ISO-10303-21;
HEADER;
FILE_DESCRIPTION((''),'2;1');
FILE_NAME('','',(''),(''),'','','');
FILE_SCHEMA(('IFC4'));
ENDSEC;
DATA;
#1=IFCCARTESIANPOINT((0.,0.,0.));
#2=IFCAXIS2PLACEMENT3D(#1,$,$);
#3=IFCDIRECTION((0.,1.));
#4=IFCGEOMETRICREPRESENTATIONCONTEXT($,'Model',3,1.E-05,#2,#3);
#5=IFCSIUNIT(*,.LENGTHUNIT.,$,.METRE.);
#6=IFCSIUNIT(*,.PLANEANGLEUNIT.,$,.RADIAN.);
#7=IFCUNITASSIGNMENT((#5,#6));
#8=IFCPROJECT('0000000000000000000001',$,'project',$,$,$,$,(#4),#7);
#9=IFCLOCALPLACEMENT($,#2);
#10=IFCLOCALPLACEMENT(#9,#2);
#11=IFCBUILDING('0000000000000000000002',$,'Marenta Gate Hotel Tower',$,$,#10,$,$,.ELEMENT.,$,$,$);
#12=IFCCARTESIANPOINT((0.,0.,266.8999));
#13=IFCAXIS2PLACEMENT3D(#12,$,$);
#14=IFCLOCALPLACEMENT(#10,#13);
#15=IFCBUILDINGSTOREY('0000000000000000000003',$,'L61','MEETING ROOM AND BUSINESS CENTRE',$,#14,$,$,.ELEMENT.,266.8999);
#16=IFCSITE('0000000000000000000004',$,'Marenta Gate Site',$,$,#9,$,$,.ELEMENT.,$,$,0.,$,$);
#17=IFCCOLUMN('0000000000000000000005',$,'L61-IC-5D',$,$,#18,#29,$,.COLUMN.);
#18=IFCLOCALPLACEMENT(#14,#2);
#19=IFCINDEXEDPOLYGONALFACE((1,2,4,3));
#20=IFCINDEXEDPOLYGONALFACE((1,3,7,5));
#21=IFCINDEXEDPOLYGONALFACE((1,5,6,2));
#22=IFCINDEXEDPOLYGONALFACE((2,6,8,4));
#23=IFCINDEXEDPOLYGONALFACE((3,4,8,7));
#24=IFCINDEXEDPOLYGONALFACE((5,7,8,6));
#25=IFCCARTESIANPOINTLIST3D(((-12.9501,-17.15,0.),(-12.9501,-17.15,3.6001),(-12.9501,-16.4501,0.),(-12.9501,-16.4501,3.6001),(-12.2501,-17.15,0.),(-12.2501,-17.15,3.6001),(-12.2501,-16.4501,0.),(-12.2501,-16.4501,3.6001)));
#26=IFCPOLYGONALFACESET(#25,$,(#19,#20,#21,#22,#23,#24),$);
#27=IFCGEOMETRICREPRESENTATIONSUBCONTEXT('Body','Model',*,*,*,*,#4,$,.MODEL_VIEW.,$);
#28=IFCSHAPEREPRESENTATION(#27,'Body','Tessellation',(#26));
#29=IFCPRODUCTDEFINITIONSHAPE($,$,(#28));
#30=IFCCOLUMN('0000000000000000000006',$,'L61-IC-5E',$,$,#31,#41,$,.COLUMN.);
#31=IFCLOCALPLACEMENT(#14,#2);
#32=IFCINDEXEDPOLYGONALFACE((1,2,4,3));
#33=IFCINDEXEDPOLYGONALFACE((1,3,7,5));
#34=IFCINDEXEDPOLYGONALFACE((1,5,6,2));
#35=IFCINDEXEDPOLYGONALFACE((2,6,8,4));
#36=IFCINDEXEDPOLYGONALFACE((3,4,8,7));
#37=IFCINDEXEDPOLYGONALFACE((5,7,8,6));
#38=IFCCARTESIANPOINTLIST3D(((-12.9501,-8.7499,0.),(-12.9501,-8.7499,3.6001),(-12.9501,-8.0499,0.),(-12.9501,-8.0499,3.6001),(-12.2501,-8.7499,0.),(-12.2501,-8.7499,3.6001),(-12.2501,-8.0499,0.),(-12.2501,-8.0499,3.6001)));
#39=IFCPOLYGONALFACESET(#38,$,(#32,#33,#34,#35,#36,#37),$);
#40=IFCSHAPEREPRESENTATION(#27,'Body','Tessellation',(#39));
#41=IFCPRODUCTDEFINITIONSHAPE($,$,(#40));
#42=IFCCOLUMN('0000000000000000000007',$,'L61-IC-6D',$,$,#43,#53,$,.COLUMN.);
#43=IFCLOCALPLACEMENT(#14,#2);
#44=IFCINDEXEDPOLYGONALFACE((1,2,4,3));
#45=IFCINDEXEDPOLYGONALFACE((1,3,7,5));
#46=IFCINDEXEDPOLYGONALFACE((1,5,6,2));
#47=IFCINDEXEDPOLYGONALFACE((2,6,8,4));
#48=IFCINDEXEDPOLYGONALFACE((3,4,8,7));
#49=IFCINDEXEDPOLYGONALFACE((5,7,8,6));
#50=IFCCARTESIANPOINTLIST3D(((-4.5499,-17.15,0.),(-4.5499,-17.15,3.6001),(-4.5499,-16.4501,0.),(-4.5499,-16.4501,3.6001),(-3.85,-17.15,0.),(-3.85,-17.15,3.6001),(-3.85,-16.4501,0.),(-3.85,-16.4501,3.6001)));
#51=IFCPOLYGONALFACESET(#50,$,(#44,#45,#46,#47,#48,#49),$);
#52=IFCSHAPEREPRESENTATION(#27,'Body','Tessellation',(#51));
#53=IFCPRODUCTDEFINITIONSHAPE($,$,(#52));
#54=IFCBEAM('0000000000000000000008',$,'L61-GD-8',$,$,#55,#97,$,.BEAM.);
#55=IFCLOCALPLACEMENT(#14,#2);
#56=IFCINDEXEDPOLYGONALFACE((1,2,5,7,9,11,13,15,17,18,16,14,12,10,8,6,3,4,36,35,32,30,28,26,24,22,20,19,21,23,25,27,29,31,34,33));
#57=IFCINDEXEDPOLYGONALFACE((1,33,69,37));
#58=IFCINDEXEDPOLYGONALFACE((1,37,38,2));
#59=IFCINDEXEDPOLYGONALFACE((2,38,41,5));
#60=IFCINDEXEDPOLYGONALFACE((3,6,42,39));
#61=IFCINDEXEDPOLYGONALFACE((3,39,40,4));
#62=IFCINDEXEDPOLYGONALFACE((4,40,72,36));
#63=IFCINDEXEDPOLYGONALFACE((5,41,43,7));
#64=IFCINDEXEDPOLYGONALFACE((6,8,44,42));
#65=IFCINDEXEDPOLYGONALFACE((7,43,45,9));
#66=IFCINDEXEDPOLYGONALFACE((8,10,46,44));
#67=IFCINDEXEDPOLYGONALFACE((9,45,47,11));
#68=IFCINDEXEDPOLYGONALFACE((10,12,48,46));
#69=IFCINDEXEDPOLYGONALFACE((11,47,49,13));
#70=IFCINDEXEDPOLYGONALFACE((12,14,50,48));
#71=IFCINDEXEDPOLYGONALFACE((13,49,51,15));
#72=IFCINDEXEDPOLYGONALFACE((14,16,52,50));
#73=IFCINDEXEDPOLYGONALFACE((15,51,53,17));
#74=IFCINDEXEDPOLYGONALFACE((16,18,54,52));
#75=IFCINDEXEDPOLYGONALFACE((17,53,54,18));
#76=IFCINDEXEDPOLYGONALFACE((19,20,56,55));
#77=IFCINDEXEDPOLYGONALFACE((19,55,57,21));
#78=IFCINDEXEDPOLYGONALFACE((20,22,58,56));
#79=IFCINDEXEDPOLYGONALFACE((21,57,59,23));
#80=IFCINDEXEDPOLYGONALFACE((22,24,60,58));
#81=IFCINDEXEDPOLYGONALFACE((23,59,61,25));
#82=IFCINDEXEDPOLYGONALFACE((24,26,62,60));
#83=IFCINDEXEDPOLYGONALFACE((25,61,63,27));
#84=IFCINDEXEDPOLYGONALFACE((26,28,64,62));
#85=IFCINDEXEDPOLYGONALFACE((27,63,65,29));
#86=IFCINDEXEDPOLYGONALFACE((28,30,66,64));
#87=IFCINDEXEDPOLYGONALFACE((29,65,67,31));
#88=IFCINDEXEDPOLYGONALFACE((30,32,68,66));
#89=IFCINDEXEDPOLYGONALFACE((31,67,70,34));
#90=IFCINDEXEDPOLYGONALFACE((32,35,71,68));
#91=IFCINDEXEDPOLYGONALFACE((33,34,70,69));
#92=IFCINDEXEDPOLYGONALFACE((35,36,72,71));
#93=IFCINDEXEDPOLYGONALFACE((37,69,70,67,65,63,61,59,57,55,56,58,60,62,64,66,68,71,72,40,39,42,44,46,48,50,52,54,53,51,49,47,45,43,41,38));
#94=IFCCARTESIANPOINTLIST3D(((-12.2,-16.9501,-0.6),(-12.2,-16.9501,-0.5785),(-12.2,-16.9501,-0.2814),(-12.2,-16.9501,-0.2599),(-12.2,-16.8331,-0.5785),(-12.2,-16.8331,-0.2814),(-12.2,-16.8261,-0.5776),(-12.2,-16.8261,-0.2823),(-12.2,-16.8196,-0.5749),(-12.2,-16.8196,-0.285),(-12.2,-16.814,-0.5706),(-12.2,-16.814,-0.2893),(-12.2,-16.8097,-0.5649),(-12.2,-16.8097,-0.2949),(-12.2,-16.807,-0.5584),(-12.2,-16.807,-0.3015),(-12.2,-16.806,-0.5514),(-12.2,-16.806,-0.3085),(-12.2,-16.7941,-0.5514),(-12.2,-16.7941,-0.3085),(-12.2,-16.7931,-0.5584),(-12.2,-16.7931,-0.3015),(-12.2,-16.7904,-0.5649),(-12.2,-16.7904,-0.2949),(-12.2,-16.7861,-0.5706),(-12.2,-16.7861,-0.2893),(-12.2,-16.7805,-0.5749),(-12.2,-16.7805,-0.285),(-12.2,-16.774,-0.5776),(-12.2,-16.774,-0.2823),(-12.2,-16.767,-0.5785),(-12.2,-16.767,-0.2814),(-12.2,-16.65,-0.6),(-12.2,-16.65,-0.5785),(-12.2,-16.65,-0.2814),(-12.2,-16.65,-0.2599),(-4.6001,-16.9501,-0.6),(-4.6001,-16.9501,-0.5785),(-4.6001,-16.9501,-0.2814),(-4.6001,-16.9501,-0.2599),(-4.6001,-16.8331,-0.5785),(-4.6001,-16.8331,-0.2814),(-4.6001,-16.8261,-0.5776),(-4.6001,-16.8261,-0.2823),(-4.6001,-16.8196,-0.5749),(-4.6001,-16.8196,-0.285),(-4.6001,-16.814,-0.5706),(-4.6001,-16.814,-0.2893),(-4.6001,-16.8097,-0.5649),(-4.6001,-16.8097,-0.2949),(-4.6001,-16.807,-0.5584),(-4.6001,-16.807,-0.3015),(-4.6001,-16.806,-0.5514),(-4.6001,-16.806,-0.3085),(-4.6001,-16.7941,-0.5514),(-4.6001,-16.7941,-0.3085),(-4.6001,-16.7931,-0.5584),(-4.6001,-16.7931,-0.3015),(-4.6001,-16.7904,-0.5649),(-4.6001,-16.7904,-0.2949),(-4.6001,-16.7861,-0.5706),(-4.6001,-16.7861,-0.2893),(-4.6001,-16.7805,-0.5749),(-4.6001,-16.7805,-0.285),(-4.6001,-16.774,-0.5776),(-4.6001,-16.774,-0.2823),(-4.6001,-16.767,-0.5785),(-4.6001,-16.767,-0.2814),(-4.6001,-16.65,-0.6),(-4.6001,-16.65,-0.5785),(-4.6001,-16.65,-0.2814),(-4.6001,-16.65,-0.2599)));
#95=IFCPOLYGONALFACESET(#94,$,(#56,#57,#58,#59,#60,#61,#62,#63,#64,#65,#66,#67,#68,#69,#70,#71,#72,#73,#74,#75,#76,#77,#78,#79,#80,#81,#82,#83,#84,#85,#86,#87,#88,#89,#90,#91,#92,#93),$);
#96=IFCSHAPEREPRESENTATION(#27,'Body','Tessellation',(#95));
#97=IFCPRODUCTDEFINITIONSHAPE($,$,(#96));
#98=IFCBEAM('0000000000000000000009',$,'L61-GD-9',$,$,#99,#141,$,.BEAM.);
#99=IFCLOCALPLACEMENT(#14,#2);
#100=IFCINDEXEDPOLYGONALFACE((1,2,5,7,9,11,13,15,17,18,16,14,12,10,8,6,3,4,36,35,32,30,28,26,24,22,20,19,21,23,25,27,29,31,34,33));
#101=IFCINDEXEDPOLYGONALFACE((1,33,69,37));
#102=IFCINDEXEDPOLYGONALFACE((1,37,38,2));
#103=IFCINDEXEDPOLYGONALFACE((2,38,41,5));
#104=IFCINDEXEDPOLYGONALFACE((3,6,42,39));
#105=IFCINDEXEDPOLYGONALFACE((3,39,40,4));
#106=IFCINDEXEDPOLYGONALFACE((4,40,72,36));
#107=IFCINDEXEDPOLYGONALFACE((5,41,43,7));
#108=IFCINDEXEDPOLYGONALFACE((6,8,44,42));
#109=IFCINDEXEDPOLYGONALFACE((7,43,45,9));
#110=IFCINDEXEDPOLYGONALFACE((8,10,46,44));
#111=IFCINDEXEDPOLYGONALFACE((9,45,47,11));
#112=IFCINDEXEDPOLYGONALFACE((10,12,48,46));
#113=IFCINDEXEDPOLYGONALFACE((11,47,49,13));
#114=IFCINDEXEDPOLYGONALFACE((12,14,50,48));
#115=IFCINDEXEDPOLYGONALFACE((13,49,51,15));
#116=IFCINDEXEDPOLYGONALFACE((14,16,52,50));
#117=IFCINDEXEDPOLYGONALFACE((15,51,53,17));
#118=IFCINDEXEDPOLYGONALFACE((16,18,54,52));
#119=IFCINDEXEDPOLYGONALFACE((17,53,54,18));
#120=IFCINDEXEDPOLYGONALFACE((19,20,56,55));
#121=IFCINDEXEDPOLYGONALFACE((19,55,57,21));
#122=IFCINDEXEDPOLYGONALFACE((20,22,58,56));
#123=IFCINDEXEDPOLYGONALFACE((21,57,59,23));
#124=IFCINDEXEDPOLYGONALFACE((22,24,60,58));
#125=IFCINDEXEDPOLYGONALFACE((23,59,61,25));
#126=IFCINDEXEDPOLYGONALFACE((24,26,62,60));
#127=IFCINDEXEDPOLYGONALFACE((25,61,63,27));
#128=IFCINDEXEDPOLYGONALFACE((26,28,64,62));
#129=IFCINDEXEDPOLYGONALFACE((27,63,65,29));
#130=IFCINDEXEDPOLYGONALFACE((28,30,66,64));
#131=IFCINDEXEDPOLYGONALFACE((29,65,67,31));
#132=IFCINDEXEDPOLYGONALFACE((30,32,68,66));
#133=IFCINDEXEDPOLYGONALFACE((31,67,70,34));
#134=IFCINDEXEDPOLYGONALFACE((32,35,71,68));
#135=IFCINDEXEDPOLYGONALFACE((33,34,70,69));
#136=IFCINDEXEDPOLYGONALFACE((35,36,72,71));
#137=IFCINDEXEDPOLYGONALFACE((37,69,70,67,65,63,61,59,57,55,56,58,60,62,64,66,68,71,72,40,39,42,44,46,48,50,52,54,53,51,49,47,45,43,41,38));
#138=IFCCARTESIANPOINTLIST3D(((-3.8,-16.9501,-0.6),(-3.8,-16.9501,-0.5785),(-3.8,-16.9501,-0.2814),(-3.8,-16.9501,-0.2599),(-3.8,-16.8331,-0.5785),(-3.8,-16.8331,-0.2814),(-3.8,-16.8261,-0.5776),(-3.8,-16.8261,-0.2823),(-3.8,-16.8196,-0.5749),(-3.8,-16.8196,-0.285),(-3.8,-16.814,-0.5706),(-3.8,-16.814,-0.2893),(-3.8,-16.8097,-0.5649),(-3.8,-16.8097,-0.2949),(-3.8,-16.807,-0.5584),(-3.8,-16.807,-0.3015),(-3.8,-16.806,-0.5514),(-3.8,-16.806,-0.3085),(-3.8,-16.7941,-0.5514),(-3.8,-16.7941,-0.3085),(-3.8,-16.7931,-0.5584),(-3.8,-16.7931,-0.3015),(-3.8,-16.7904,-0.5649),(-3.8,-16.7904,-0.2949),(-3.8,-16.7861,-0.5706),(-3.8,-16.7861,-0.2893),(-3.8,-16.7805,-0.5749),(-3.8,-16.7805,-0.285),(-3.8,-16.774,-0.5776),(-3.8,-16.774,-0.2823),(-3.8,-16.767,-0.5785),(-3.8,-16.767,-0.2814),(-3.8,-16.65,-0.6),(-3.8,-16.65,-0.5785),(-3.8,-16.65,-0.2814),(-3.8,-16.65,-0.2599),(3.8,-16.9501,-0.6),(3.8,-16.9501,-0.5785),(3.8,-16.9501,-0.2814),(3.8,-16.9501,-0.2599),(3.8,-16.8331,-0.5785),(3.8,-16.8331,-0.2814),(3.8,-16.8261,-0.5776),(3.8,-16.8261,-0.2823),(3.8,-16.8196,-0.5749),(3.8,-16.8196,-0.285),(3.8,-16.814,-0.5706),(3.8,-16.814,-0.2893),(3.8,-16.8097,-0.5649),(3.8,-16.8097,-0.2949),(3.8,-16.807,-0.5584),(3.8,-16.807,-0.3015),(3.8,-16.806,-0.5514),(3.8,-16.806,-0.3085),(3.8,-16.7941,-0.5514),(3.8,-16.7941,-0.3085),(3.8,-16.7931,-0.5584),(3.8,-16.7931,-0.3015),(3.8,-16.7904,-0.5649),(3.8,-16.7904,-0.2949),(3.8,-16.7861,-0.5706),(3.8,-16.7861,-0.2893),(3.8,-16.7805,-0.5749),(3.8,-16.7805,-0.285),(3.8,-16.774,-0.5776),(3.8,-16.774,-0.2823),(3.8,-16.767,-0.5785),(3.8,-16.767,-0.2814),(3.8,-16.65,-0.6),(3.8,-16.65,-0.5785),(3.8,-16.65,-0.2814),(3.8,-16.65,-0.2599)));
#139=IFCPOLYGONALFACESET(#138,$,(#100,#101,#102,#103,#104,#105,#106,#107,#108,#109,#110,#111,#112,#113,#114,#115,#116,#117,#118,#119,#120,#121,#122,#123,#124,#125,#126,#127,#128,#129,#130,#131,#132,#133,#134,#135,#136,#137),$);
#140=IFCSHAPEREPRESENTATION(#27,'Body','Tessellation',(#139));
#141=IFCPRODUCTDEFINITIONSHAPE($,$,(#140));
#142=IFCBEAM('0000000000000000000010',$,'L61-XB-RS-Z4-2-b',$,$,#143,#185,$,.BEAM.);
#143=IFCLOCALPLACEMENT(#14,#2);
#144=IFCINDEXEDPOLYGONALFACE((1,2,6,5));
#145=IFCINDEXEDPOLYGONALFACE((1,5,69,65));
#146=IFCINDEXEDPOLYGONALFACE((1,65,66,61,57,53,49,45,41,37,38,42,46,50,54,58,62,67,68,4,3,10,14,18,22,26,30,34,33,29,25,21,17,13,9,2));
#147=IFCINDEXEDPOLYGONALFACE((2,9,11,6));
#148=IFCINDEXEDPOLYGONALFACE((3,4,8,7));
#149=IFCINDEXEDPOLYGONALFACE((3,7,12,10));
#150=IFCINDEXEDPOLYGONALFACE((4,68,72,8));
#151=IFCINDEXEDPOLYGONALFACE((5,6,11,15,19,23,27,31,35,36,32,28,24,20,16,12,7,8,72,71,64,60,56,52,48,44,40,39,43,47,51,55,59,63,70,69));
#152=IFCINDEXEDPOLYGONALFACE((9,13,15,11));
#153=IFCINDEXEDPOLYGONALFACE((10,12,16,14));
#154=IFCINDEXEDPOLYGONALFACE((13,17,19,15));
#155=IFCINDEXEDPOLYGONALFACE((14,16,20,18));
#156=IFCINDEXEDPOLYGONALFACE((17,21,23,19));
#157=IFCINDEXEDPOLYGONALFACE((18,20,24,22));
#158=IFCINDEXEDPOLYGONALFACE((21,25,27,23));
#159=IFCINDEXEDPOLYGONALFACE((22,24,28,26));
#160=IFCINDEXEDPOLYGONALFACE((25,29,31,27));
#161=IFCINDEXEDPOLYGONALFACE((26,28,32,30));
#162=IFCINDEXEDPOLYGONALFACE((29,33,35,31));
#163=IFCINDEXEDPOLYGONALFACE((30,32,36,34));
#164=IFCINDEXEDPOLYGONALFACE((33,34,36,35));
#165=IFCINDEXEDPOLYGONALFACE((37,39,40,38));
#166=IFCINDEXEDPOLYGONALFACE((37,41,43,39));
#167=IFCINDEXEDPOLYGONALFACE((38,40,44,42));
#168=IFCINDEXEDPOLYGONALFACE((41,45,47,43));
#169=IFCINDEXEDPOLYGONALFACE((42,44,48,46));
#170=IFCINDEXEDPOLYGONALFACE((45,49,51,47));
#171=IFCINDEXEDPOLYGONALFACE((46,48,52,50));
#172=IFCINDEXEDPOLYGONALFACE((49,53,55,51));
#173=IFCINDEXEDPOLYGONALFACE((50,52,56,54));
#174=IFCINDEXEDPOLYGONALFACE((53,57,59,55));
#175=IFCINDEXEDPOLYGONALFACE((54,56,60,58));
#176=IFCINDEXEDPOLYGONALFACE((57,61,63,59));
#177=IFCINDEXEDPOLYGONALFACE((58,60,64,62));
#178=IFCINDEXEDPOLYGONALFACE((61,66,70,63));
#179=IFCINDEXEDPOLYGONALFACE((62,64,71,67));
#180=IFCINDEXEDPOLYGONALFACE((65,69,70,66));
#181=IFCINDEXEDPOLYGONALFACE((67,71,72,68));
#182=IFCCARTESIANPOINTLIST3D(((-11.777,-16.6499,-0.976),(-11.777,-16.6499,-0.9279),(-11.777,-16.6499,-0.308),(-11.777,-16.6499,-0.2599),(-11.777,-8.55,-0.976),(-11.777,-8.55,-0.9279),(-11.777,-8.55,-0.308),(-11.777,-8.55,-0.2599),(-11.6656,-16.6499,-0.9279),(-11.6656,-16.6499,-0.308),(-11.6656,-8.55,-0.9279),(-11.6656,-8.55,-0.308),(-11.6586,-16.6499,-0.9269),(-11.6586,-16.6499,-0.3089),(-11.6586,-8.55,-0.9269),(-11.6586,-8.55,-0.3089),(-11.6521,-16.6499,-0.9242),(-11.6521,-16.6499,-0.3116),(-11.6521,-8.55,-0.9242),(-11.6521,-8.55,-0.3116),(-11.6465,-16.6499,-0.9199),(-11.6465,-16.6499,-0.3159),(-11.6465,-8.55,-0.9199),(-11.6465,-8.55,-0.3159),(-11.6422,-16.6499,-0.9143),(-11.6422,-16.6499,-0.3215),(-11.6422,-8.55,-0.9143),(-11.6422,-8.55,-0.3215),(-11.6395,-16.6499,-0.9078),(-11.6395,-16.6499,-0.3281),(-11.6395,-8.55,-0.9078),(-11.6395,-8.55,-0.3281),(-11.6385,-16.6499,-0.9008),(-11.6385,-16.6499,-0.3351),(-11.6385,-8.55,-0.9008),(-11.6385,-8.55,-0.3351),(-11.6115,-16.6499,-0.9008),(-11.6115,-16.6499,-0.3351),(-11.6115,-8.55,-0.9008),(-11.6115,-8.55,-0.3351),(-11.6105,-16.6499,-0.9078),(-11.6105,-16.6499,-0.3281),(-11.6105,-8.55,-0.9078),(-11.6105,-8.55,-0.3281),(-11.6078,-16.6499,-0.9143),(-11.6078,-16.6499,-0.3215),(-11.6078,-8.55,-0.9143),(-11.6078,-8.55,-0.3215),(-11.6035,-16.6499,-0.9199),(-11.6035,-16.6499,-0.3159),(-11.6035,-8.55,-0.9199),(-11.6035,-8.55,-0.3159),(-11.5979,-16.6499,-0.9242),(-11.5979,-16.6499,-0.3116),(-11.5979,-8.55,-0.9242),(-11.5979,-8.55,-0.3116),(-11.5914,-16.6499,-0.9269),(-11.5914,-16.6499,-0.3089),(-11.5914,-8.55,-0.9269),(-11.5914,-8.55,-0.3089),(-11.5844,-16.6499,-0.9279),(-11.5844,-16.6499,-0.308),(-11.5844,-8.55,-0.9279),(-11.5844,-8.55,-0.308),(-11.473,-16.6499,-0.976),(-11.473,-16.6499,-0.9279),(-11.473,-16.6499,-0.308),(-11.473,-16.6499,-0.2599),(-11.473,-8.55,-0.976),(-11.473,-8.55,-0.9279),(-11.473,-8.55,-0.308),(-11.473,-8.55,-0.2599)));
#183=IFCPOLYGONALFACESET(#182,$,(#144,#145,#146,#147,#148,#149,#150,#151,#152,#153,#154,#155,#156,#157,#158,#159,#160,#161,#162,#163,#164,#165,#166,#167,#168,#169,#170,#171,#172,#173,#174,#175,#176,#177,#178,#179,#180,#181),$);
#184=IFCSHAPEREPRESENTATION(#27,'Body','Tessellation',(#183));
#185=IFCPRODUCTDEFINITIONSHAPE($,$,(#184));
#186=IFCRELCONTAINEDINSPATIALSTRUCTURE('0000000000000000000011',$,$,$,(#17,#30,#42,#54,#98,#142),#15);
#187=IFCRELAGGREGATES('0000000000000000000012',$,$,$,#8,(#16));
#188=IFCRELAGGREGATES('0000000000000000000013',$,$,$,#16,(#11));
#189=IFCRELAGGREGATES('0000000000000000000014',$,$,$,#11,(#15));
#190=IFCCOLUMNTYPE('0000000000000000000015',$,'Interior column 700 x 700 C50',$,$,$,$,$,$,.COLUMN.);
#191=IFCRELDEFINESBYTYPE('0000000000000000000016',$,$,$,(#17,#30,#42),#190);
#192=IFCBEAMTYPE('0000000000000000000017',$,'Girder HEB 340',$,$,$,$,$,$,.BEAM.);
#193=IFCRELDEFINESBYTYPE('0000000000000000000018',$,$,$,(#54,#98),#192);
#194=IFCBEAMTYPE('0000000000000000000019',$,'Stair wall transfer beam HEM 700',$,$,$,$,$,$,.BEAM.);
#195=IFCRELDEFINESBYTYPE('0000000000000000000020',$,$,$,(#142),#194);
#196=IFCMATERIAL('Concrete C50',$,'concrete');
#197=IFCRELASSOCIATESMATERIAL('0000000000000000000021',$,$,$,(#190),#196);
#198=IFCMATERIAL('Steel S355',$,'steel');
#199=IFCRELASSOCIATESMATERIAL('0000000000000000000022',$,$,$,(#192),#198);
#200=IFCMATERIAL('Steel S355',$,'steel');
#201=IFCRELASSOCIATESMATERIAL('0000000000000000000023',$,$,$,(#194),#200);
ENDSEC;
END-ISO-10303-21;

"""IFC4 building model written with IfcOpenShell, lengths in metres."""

from ifc_helpers import new_model, si_unit, direction, frame, origin, origin_2d, place, context, subcontext, project, spatial, rectangle, i_section, extrude, material, material_profile, profile_set, type_object, element, save


model = new_model("IFC4")

# Units and contexts
model_context = context("Model", 3, precision=1e-05, world=origin(), true_north=direction((0.0, 1.0)))
body_context = subcontext(model_context, "Body", "Model", "MODEL_VIEW")
ifc_project = project(units=[si_unit("LENGTHUNIT", "METRE"), si_unit("PLANEANGLEUNIT", "RADIAN")], contexts=[model_context])

# Site, building, storey
site_placement = place(None, origin())
site = spatial("IfcSite", under=ifc_project, at=site_placement, Name="Marenta Gate Site", CompositionType="ELEMENT", RefElevation=0.0)
building_placement = place(site_placement, origin())
building = spatial("IfcBuilding", under=site, at=building_placement, Name="Marenta Gate Hotel Tower", CompositionType="ELEMENT")
storey_placement = place(building_placement, frame((0.0, 0.0, 266.8999)))
storey = spatial("IfcBuildingStorey", under=building, at=storey_placement, Name="L61", Description="MEETING ROOM AND BUSINESS CENTRE", CompositionType="ELEMENT", Elevation=266.8999)

# Columns
ifc_material_1 = material(Name="Concrete C50", Category="concrete")
ifc_material_profile_1 = material_profile(ifc_material_1, rectangle(XDim=0.7, YDim=0.7, at=origin_2d()), Name="700 x 700")
ifc_profile_set_1 = profile_set([ifc_material_profile_1], Name="Concrete C50")
column_type = type_object("IfcColumnType", Name="Interior column 700 x 700 C50", PredefinedType="COLUMN", material=ifc_profile_set_1)
for number, where, z_axis, x_axis, name in (
    (1, (-12.6001, -16.8, 0.0), (0.0, 0.0, 1.0), (1.0, 0.0, 0.0), "L61-IC-5D"),
    (2, (-12.6001, -8.3999, 0.0), (0.0, 0.0, 1.0), (1.0, 0.0, 0.0), "L61-IC-5E"),
    (3, (-4.2, -16.8, 0.0), (0.0, 0.0, 1.0), (1.0, 0.0, 0.0), "L61-IC-6D"),
):
    element("IfcColumn", number, at=place(storey_placement, frame(where, z_axis=z_axis, x_axis=x_axis)), inside=storey, type_object=column_type, Name=name, PredefinedType="COLUMN", context=body_context, shape_type="SweptSolid", body=[
        extrude(rectangle(XDim=0.7, YDim=0.7, at=origin_2d()), origin(), (0.0, 0.0, 1.0), 3.6001),
    ])

# Beams
ifc_material_2 = material(Name="Steel S355", Category="steel")
ifc_material_profile_2 = material_profile(ifc_material_2, i_section(OverallWidth=0.3, OverallDepth=0.3401, WebThickness=0.012, FlangeThickness=0.0215, FilletRadius=0.0271, at=origin_2d()), Name="HEB 340")
ifc_profile_set_2 = profile_set([ifc_material_profile_2], Name="Steel S355")
beam_type_1 = type_object("IfcBeamType", Name="Girder HEB 340", PredefinedType="BEAM", material=ifc_profile_set_2)
beam_1_placement = place(storey_placement, frame((-12.2, -16.8, -0.4299), z_axis=(1.0, 0.0, 0.0), x_axis=(0.0, 1.0, 0.0)))
element("IfcBeam", 4, at=beam_1_placement, inside=storey, type_object=beam_type_1, Name="L61-GD-8", PredefinedType="BEAM", context=body_context, shape_type="SweptSolid", body=[
    extrude(i_section(OverallWidth=0.3, OverallDepth=0.3401, WebThickness=0.012, FlangeThickness=0.0215, FilletRadius=0.0271, at=origin_2d()), origin(), (0.0, 0.0, 1.0), 7.5999),
])
beam_2_placement = place(storey_placement, frame((-3.8, -16.8, -0.4299), z_axis=(1.0, 0.0, 0.0), x_axis=(0.0, 1.0, 0.0)))
element("IfcBeam", 5, at=beam_2_placement, inside=storey, type_object=beam_type_1, Name="L61-GD-9", PredefinedType="BEAM", context=body_context, shape_type="SweptSolid", body=[
    extrude(i_section(OverallWidth=0.3, OverallDepth=0.3401, WebThickness=0.012, FlangeThickness=0.0215, FilletRadius=0.0271, at=origin_2d()), origin(), (0.0, 0.0, 1.0), 7.6001),
])
ifc_material_3 = material(Name="Steel S355", Category="steel")
ifc_material_profile_3 = material_profile(ifc_material_3, i_section(OverallWidth=0.304, OverallDepth=0.7161, WebThickness=0.0271, FlangeThickness=0.0481, FilletRadius=0.0271, at=origin_2d()), Name="HEM 700")
ifc_profile_set_3 = profile_set([ifc_material_profile_3], Name="Steel S355")
beam_type_2 = type_object("IfcBeamType", Name="Stair wall transfer beam HEM 700", PredefinedType="BEAM", material=ifc_profile_set_3)
beam_3_placement = place(storey_placement, frame((-11.625, -16.6499, -0.6179), z_axis=(0.0, 1.0, 0.0), x_axis=(-1.0, 0.0, 0.0)))
element("IfcBeam", 6, at=beam_3_placement, inside=storey, type_object=beam_type_2, Name="L61-XB-RS-Z4-2-b", PredefinedType="BEAM", context=body_context, shape_type="SweptSolid", body=[
    extrude(i_section(OverallWidth=0.304, OverallDepth=0.7161, WebThickness=0.0271, FlangeThickness=0.0481, FilletRadius=0.0271, at=origin_2d()), origin(), (0.0, 0.0, 1.0), 8.0999),
])

save(model, "model.ifc")
